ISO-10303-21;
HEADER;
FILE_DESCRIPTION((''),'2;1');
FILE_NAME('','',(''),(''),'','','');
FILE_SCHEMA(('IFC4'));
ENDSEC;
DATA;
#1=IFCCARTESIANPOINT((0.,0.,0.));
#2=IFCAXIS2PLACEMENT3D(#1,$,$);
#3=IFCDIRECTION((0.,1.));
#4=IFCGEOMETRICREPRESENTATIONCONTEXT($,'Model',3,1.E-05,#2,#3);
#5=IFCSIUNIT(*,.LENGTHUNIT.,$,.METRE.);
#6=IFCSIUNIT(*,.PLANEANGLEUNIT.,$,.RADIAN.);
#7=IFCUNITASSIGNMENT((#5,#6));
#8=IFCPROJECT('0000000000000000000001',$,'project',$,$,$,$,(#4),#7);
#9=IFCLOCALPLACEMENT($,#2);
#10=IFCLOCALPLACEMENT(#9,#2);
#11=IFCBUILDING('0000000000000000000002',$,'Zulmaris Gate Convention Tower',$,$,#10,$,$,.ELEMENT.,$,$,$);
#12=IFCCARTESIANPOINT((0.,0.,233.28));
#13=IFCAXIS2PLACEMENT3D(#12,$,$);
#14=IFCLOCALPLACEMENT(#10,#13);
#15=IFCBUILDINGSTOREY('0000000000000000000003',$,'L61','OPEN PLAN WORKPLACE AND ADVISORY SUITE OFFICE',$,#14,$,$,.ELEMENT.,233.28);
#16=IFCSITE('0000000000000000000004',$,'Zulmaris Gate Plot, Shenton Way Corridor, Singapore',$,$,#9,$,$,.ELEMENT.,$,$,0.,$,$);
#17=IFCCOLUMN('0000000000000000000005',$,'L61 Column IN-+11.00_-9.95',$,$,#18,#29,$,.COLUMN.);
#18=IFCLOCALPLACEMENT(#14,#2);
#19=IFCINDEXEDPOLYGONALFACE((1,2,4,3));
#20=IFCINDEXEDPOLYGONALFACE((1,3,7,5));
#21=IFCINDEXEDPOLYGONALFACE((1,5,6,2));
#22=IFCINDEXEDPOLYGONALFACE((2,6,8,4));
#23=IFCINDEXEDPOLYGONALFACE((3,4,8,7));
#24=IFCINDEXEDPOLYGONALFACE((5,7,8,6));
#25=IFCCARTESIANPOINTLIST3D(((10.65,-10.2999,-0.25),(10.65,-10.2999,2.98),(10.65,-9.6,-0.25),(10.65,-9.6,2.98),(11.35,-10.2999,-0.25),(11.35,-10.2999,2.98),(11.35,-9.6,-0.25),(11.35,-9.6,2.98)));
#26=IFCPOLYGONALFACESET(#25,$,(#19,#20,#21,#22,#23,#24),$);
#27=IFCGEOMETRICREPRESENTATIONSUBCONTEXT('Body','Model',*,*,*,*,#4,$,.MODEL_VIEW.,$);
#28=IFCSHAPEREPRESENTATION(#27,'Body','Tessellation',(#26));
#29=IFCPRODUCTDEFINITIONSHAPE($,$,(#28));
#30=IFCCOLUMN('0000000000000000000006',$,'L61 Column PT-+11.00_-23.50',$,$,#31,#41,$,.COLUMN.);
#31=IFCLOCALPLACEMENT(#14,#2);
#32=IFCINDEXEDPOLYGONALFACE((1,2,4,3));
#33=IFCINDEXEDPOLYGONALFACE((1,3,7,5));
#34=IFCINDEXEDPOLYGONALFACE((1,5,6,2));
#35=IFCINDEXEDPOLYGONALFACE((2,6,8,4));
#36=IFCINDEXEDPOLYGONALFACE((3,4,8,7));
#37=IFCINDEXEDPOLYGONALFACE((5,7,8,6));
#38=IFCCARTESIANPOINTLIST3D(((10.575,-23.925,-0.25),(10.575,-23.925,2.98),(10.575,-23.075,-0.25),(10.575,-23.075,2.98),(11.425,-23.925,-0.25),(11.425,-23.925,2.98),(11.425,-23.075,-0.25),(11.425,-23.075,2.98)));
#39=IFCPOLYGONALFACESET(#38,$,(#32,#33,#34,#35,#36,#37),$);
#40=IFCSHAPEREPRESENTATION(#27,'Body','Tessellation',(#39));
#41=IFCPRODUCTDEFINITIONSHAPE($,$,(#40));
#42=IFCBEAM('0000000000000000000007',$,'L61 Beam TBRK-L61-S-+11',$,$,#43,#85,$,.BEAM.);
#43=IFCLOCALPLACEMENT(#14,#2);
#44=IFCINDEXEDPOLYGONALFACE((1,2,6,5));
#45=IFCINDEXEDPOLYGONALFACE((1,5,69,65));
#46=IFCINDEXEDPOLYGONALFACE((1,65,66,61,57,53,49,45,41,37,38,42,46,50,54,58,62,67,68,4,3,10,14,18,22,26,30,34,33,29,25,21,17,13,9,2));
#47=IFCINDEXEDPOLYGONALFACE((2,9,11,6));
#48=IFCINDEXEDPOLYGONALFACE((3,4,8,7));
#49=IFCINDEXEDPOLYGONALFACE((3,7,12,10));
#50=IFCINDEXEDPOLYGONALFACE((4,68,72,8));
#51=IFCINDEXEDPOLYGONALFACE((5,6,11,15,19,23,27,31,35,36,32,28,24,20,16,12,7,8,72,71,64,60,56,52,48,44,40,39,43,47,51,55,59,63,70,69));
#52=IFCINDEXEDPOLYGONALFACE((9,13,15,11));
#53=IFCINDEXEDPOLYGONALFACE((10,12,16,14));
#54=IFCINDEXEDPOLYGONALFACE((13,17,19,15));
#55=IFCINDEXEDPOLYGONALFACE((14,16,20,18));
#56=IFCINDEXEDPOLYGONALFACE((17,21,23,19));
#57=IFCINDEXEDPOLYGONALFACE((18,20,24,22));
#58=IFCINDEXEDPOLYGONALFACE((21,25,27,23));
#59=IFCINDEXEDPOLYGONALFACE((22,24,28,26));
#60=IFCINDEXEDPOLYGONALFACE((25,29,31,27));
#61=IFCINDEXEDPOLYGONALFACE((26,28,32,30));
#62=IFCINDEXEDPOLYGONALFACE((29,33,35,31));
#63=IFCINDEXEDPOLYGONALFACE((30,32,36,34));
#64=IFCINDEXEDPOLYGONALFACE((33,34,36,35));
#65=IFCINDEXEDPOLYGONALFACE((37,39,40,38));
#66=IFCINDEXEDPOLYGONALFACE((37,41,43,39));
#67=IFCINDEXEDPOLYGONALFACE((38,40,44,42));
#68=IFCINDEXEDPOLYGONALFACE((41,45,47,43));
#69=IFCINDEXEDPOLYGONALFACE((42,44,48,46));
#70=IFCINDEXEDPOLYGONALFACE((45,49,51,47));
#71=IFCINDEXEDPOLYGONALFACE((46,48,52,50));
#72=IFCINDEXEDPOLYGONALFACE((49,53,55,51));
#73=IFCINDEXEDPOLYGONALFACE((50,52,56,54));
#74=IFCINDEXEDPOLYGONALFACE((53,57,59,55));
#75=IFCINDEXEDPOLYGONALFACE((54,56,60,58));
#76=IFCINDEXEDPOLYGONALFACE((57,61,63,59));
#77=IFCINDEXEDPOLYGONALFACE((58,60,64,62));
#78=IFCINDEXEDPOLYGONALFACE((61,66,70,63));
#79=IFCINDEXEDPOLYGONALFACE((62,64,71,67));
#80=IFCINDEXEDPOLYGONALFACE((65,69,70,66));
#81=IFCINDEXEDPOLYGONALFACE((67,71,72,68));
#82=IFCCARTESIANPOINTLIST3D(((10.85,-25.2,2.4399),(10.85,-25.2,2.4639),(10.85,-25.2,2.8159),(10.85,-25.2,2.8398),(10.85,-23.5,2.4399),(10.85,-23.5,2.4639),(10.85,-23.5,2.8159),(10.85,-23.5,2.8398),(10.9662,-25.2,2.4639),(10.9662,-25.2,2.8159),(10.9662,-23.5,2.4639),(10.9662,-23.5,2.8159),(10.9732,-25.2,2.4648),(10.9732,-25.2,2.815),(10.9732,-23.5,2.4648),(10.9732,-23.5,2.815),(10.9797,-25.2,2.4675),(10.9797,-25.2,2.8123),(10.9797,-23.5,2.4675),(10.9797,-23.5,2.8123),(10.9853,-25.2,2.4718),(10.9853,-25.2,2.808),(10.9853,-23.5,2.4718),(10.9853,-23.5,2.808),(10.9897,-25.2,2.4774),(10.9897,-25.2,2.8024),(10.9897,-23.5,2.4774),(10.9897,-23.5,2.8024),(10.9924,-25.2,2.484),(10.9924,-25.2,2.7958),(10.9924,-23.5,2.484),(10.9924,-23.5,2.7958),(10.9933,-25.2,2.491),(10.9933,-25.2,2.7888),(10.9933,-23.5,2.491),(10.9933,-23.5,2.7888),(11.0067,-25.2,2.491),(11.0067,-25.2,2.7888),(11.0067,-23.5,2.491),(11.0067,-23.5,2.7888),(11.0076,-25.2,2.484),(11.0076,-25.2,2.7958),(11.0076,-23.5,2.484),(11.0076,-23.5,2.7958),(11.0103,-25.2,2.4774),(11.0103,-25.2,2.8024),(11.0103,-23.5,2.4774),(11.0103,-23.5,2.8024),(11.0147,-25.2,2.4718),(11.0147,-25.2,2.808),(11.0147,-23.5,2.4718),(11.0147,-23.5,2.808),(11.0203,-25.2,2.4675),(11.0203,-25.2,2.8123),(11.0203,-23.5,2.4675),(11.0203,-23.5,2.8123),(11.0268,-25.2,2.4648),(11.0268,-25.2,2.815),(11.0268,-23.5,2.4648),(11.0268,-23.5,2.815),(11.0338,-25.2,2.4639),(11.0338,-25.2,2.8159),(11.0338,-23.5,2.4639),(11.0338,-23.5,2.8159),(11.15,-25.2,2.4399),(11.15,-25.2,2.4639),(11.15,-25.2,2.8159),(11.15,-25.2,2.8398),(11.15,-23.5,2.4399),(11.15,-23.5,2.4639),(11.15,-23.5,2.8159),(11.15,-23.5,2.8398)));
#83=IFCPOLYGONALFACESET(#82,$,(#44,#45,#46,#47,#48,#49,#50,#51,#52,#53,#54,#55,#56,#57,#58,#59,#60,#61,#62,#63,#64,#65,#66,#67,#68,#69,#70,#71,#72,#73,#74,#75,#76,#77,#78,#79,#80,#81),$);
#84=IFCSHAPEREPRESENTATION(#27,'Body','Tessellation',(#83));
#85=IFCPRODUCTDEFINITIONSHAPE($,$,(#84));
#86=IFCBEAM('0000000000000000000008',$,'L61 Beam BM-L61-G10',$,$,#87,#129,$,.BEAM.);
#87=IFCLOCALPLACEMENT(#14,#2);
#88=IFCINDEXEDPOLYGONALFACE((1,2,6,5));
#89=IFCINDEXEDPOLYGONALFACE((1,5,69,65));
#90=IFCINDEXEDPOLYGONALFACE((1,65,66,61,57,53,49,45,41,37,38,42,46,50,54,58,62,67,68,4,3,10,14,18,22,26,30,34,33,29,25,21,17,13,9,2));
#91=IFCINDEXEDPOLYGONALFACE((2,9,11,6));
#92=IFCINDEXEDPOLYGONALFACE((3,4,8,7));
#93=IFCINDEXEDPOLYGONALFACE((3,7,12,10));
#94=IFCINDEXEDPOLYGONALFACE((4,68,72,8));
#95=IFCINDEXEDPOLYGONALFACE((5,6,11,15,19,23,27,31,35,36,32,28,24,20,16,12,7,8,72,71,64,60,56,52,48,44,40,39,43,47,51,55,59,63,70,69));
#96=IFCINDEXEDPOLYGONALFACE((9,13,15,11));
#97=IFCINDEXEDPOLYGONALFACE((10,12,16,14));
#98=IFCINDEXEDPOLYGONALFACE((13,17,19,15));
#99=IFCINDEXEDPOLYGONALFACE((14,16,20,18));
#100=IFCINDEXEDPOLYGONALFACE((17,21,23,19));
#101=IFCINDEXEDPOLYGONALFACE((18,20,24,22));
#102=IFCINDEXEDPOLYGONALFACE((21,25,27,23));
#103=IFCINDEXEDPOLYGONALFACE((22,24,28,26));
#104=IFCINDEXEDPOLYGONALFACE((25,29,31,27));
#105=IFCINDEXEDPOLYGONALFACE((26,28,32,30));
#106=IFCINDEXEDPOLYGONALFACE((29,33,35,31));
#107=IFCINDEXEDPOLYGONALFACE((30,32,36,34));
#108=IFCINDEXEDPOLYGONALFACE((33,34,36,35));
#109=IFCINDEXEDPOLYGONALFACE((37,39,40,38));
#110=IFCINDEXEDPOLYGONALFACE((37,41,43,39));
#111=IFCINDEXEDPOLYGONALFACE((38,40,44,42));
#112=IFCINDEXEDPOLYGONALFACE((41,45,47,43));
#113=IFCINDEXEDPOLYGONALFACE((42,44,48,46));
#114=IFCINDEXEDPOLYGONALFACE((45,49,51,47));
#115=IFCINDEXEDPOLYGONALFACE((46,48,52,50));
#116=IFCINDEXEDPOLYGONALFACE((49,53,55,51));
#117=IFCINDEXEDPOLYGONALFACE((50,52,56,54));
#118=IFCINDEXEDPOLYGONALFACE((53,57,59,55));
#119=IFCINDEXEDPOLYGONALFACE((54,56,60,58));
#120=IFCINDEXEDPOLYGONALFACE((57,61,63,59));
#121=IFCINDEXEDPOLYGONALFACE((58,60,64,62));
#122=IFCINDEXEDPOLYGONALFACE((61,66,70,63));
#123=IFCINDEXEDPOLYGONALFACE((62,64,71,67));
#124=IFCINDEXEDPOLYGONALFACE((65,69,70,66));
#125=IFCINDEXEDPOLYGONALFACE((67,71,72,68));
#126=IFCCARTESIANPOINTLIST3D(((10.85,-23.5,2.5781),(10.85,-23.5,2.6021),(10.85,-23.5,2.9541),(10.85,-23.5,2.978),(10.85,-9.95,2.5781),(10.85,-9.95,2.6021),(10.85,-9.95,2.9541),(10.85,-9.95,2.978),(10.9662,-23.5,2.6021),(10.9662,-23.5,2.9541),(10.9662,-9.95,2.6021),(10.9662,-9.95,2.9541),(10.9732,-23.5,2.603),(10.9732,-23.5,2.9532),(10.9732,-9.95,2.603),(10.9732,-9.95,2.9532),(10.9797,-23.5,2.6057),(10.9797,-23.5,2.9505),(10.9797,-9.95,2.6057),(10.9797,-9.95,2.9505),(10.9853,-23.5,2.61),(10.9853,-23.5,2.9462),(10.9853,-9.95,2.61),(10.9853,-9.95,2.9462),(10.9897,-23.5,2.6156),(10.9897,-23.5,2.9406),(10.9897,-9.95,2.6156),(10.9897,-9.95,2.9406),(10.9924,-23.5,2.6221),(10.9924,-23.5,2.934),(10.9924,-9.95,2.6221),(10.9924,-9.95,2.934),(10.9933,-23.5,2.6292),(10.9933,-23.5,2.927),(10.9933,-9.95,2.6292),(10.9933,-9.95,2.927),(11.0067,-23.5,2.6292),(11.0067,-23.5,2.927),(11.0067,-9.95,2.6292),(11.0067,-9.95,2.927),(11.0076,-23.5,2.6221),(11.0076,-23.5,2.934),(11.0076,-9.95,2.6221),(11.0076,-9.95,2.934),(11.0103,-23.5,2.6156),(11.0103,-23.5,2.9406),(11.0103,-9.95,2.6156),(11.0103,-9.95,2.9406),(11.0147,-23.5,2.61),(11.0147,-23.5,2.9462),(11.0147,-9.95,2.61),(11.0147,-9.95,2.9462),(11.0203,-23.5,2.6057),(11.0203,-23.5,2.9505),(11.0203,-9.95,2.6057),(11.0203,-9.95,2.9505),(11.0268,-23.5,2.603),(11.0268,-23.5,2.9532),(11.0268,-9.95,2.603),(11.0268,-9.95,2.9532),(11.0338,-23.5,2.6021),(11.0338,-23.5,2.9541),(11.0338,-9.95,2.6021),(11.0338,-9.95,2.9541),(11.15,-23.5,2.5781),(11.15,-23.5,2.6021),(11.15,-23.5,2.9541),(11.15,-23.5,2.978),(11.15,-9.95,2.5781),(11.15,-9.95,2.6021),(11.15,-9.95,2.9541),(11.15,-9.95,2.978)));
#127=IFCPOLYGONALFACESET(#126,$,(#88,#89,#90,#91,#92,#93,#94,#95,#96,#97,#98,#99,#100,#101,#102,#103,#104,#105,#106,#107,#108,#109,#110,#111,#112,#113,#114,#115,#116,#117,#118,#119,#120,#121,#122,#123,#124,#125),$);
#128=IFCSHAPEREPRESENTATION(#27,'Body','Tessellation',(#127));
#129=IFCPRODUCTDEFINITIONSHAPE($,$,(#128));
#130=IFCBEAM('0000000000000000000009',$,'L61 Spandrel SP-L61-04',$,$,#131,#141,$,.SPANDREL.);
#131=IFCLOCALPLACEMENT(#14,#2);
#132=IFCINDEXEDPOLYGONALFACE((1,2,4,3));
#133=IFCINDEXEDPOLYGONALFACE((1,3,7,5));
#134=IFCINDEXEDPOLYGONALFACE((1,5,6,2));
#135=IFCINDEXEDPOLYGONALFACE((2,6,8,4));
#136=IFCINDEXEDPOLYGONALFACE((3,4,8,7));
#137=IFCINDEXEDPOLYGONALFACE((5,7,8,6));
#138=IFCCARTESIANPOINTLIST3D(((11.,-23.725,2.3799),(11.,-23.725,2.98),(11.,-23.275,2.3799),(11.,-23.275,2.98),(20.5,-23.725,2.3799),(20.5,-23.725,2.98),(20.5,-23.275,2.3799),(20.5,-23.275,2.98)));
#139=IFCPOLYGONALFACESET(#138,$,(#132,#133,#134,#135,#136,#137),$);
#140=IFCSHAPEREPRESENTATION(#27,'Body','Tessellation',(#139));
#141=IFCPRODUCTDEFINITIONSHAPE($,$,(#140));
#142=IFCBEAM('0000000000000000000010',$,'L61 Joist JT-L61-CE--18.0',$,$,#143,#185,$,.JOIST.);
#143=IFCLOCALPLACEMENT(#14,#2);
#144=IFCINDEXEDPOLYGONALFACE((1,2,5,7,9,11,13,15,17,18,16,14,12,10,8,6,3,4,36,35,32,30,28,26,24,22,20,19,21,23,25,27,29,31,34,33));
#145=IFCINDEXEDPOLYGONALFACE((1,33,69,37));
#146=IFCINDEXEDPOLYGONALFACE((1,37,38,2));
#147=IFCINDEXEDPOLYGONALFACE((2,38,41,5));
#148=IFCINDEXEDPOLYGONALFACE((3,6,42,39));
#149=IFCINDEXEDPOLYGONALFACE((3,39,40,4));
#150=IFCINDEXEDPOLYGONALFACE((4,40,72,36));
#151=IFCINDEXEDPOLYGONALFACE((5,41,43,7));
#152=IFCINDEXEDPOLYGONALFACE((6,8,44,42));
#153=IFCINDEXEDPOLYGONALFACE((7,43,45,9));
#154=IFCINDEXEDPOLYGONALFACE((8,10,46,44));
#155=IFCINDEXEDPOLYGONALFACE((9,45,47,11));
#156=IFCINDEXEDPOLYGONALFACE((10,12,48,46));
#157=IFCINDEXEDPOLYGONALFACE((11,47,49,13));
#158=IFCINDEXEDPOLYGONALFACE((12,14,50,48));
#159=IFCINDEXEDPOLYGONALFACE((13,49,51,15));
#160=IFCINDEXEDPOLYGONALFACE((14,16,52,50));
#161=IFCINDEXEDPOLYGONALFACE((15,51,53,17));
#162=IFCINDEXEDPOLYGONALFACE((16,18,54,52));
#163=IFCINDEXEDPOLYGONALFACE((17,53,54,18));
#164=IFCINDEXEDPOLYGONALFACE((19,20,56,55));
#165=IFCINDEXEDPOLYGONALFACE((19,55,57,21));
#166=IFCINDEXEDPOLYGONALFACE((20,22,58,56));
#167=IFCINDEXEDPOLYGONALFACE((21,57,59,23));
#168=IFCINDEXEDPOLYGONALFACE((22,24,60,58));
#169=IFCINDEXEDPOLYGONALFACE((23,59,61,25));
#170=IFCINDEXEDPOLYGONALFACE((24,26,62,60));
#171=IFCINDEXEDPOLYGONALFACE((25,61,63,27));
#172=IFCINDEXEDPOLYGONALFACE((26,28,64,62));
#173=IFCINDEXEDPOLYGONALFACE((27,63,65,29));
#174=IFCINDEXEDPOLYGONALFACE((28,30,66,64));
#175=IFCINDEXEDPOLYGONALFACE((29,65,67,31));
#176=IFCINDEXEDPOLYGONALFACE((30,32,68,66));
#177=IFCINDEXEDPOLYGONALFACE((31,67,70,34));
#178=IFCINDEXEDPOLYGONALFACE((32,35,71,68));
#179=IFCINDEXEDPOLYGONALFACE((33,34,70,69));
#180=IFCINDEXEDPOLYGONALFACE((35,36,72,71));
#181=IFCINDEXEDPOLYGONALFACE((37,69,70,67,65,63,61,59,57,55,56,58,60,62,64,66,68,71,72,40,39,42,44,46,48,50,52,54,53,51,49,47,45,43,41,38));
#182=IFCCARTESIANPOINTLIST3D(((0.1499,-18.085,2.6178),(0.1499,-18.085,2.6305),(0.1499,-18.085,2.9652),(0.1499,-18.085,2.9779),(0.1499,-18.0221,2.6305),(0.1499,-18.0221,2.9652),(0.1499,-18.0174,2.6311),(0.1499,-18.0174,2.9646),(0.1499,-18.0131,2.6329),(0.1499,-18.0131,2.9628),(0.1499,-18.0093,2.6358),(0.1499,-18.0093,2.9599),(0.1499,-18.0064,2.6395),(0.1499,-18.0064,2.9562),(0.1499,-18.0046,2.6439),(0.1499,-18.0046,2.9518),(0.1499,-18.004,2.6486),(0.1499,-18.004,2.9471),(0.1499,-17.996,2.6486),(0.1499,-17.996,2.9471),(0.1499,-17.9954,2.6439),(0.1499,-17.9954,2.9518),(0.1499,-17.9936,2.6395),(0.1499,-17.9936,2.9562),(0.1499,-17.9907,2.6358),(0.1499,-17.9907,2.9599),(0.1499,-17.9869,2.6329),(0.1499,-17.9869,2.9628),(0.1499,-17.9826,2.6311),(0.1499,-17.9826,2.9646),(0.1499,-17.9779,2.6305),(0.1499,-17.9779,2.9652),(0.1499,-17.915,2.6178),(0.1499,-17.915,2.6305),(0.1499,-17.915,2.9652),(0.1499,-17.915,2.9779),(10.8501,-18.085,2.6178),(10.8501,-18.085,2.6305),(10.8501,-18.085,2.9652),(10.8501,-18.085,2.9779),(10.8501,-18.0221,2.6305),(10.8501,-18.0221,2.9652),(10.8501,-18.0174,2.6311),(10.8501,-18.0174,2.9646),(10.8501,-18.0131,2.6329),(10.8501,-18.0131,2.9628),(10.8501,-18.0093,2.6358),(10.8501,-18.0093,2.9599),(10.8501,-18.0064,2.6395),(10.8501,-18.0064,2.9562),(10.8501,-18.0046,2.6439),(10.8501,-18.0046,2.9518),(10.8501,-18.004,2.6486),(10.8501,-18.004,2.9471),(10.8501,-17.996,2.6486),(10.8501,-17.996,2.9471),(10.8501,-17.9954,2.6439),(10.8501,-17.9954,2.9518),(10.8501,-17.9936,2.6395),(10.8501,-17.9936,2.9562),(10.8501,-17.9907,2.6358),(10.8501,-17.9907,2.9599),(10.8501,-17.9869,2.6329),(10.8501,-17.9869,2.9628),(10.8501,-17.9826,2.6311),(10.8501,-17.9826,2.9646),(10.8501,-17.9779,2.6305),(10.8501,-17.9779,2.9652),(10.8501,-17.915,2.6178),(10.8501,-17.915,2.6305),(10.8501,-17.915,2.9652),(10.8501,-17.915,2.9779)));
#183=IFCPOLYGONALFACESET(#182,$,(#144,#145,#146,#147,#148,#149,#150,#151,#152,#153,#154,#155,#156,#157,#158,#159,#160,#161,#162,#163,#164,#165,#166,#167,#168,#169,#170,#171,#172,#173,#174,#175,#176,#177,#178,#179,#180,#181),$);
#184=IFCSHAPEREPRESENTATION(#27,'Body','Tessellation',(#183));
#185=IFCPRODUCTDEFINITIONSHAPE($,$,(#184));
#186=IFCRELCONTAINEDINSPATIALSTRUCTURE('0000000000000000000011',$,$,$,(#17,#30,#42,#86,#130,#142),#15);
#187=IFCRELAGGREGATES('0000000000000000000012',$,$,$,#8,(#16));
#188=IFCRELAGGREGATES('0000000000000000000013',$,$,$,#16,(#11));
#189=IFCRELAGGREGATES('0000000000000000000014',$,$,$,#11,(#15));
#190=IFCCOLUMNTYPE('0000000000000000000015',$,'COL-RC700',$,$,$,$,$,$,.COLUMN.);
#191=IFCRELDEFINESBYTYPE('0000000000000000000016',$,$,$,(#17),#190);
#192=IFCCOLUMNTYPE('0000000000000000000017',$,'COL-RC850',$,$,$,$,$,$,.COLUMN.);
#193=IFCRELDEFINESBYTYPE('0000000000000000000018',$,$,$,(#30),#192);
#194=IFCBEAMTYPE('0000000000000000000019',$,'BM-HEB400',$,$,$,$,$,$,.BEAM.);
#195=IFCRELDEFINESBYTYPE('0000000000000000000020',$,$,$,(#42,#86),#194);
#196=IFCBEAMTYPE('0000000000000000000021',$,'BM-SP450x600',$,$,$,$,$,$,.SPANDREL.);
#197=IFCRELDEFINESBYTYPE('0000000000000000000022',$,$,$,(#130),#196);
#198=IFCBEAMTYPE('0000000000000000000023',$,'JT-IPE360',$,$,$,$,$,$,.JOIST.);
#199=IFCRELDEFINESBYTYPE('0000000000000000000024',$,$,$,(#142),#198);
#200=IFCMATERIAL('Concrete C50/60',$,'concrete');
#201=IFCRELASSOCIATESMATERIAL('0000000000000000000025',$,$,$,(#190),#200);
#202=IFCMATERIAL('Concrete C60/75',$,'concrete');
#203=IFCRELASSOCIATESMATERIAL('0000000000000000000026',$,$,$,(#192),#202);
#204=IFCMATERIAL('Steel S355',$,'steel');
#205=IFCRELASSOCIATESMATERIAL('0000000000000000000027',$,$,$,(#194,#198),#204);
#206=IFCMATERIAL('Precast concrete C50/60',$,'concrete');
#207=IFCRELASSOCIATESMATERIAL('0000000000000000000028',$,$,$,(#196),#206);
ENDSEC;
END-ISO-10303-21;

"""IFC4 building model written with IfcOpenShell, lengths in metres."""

from ifc_helpers import new_model, si_unit, direction, frame, origin, origin_2d, place, context, subcontext, project, spatial, rectangle, i_section, extrude, material, material_profile, profile_set, type_object, element, save


model = new_model("IFC4")

# Units and contexts
model_context = context("Model", 3, precision=1e-05, world=origin(), true_north=direction((0.0, 1.0)))
body_context = subcontext(model_context, "Body", "Model", "MODEL_VIEW")
ifc_project = project(units=[si_unit("LENGTHUNIT", "METRE"), si_unit("PLANEANGLEUNIT", "RADIAN")], contexts=[model_context])

# Site, building, storey
site_placement = place(None, origin())
site = spatial("IfcSite", under=ifc_project, at=site_placement, Name="Zulmaris Gate Plot, Shenton Way Corridor, Singapore", CompositionType="ELEMENT", RefElevation=0.0)
building_placement = place(site_placement, origin())
building = spatial("IfcBuilding", under=site, at=building_placement, Name="Zulmaris Gate Convention Tower", CompositionType="ELEMENT")
storey_placement = place(building_placement, frame((0.0, 0.0, 233.28)))
storey = spatial("IfcBuildingStorey", under=building, at=storey_placement, Name="L61", Description="OPEN PLAN WORKPLACE AND ADVISORY SUITE OFFICE", CompositionType="ELEMENT", Elevation=233.28)

# Columns
ifc_material_1 = material(Name="Concrete C50/60", Category="concrete")
ifc_material_profile_1 = material_profile(ifc_material_1, rectangle(XDim=0.7, YDim=0.7, at=origin_2d()), Name="RC COL 700x700")
ifc_profile_set_1 = profile_set([ifc_material_profile_1], Name="Concrete C50/60")
column_type_1 = type_object("IfcColumnType", Name="COL-RC700", PredefinedType="COLUMN", material=ifc_profile_set_1)
column_1_placement = place(storey_placement, frame((11.0, -9.95, -0.25), z_axis=(0.0, 0.0, 1.0), x_axis=(1.0, 0.0, 0.0)))
element("IfcColumn", 1, at=column_1_placement, inside=storey, type_object=column_type_1, Name="L61 Column IN-+11.00_-9.95", PredefinedType="COLUMN", context=body_context, shape_type="SweptSolid", body=[
    extrude(rectangle(XDim=0.7, YDim=0.7, at=origin_2d()), origin(), (0.0, 0.0, 1.0), 3.23),
])
ifc_material_2 = material(Name="Concrete C60/75", Category="concrete")
ifc_material_profile_2 = material_profile(ifc_material_2, rectangle(XDim=0.8501, YDim=0.8501, at=origin_2d()), Name="RC COL 850x850")
ifc_profile_set_2 = profile_set([ifc_material_profile_2], Name="Concrete C60/75")
column_type_2 = type_object("IfcColumnType", Name="COL-RC850", PredefinedType="COLUMN", material=ifc_profile_set_2)
column_2_placement = place(storey_placement, frame((11.0, -23.5, -0.25), z_axis=(0.0, 0.0, 1.0), x_axis=(1.0, 0.0, 0.0)))
element("IfcColumn", 2, at=column_2_placement, inside=storey, type_object=column_type_2, Name="L61 Column PT-+11.00_-23.50", PredefinedType="COLUMN", context=body_context, shape_type="SweptSolid", body=[
    extrude(rectangle(XDim=0.8501, YDim=0.8501, at=origin_2d()), origin(), (0.0, 0.0, 1.0), 3.23),
])

# Beams
ifc_material_3 = material(Name="Steel S355", Category="steel")
ifc_material_profile_3 = material_profile(ifc_material_3, i_section(OverallWidth=0.3, OverallDepth=0.3999, WebThickness=0.0134, FlangeThickness=0.0239, FilletRadius=0.0271, at=origin_2d()), Name="HEB 400")
ifc_profile_set_3 = profile_set([ifc_material_profile_3], Name="Steel S355")
beam_type_1 = type_object("IfcBeamType", Name="BM-HEB400", PredefinedType="BEAM", material=ifc_profile_set_3)
beam_1_placement = place(storey_placement, frame((11.0, -25.2, 2.6399), z_axis=(0.0, 1.0, 0.0), x_axis=(-1.0, 0.0, 0.0)))
element("IfcBeam", 3, at=beam_1_placement, inside=storey, type_object=beam_type_1, Name="L61 Beam TBRK-L61-S-+11", PredefinedType="BEAM", context=body_context, shape_type="SweptSolid", body=[
    extrude(i_section(OverallWidth=0.3, OverallDepth=0.3999, WebThickness=0.0134, FlangeThickness=0.0239, FilletRadius=0.0271, at=origin_2d()), origin(), (0.0, 0.0, 1.0), 1.7),
])
beam_2_placement = place(storey_placement, frame((11.0, -23.5, 2.7781), z_axis=(0.0, 1.0, 0.0), x_axis=(-1.0, 0.0, 0.0)))
element("IfcBeam", 4, at=beam_2_placement, inside=storey, type_object=beam_type_1, Name="L61 Beam BM-L61-G10", PredefinedType="BEAM", context=body_context, shape_type="SweptSolid", body=[
    extrude(i_section(OverallWidth=0.3, OverallDepth=0.3999, WebThickness=0.0134, FlangeThickness=0.0239, FilletRadius=0.0271, at=origin_2d()), origin(), (0.0, 0.0, 1.0), 13.55),
])
ifc_material_4 = material(Name="Precast concrete C50/60", Category="concrete")
ifc_material_profile_4 = material_profile(ifc_material_4, rectangle(XDim=0.45, YDim=0.6001, at=origin_2d()), Name="RC SPANDREL 450x600")
ifc_profile_set_4 = profile_set([ifc_material_profile_4], Name="Precast concrete C50/60")
beam_type_2 = type_object("IfcBeamType", Name="BM-SP450x600", PredefinedType="SPANDREL", material=ifc_profile_set_4)
beam_3_placement = place(storey_placement, frame((11.0, -23.5, 2.6799), z_axis=(1.0, 0.0, 0.0), x_axis=(0.0, 1.0, 0.0)))
element("IfcBeam", 5, at=beam_3_placement, inside=storey, type_object=beam_type_2, Name="L61 Spandrel SP-L61-04", PredefinedType="SPANDREL", context=body_context, shape_type="SweptSolid", body=[
    extrude(rectangle(XDim=0.45, YDim=0.6001, at=origin_2d()), origin(), (0.0, 0.0, 1.0), 9.5),
])
ifc_material_profile_5 = material_profile(ifc_material_3, i_section(OverallWidth=0.1699, OverallDepth=0.3601, WebThickness=0.0081, FlangeThickness=0.0127, FilletRadius=0.0181, at=origin_2d()), Name="IPE 360")
ifc_profile_set_5 = profile_set([ifc_material_profile_5], Name="Steel S355")
beam_type_3 = type_object("IfcBeamType", Name="JT-IPE360", PredefinedType="JOIST", material=ifc_profile_set_5)
for number, where, z_axis, x_axis, name in (
    (6, (0.1499, -18.0, 2.7979), (1.0, 0.0, 0.0), (0.0, 1.0, 0.0), "L61 Joist JT-L61-CE--18.0"),
):
    element("IfcBeam", number, at=place(storey_placement, frame(where, z_axis=z_axis, x_axis=x_axis)), inside=storey, type_object=beam_type_3, Name=name, PredefinedType="JOIST", context=body_context, shape_type="SweptSolid", body=[
        extrude(i_section(OverallWidth=0.1699, OverallDepth=0.3601, WebThickness=0.0081, FlangeThickness=0.0127, FilletRadius=0.0181, at=origin_2d()), origin(), (0.0, 0.0, 1.0), 10.7002),
    ])

save(model, "model.ifc")
